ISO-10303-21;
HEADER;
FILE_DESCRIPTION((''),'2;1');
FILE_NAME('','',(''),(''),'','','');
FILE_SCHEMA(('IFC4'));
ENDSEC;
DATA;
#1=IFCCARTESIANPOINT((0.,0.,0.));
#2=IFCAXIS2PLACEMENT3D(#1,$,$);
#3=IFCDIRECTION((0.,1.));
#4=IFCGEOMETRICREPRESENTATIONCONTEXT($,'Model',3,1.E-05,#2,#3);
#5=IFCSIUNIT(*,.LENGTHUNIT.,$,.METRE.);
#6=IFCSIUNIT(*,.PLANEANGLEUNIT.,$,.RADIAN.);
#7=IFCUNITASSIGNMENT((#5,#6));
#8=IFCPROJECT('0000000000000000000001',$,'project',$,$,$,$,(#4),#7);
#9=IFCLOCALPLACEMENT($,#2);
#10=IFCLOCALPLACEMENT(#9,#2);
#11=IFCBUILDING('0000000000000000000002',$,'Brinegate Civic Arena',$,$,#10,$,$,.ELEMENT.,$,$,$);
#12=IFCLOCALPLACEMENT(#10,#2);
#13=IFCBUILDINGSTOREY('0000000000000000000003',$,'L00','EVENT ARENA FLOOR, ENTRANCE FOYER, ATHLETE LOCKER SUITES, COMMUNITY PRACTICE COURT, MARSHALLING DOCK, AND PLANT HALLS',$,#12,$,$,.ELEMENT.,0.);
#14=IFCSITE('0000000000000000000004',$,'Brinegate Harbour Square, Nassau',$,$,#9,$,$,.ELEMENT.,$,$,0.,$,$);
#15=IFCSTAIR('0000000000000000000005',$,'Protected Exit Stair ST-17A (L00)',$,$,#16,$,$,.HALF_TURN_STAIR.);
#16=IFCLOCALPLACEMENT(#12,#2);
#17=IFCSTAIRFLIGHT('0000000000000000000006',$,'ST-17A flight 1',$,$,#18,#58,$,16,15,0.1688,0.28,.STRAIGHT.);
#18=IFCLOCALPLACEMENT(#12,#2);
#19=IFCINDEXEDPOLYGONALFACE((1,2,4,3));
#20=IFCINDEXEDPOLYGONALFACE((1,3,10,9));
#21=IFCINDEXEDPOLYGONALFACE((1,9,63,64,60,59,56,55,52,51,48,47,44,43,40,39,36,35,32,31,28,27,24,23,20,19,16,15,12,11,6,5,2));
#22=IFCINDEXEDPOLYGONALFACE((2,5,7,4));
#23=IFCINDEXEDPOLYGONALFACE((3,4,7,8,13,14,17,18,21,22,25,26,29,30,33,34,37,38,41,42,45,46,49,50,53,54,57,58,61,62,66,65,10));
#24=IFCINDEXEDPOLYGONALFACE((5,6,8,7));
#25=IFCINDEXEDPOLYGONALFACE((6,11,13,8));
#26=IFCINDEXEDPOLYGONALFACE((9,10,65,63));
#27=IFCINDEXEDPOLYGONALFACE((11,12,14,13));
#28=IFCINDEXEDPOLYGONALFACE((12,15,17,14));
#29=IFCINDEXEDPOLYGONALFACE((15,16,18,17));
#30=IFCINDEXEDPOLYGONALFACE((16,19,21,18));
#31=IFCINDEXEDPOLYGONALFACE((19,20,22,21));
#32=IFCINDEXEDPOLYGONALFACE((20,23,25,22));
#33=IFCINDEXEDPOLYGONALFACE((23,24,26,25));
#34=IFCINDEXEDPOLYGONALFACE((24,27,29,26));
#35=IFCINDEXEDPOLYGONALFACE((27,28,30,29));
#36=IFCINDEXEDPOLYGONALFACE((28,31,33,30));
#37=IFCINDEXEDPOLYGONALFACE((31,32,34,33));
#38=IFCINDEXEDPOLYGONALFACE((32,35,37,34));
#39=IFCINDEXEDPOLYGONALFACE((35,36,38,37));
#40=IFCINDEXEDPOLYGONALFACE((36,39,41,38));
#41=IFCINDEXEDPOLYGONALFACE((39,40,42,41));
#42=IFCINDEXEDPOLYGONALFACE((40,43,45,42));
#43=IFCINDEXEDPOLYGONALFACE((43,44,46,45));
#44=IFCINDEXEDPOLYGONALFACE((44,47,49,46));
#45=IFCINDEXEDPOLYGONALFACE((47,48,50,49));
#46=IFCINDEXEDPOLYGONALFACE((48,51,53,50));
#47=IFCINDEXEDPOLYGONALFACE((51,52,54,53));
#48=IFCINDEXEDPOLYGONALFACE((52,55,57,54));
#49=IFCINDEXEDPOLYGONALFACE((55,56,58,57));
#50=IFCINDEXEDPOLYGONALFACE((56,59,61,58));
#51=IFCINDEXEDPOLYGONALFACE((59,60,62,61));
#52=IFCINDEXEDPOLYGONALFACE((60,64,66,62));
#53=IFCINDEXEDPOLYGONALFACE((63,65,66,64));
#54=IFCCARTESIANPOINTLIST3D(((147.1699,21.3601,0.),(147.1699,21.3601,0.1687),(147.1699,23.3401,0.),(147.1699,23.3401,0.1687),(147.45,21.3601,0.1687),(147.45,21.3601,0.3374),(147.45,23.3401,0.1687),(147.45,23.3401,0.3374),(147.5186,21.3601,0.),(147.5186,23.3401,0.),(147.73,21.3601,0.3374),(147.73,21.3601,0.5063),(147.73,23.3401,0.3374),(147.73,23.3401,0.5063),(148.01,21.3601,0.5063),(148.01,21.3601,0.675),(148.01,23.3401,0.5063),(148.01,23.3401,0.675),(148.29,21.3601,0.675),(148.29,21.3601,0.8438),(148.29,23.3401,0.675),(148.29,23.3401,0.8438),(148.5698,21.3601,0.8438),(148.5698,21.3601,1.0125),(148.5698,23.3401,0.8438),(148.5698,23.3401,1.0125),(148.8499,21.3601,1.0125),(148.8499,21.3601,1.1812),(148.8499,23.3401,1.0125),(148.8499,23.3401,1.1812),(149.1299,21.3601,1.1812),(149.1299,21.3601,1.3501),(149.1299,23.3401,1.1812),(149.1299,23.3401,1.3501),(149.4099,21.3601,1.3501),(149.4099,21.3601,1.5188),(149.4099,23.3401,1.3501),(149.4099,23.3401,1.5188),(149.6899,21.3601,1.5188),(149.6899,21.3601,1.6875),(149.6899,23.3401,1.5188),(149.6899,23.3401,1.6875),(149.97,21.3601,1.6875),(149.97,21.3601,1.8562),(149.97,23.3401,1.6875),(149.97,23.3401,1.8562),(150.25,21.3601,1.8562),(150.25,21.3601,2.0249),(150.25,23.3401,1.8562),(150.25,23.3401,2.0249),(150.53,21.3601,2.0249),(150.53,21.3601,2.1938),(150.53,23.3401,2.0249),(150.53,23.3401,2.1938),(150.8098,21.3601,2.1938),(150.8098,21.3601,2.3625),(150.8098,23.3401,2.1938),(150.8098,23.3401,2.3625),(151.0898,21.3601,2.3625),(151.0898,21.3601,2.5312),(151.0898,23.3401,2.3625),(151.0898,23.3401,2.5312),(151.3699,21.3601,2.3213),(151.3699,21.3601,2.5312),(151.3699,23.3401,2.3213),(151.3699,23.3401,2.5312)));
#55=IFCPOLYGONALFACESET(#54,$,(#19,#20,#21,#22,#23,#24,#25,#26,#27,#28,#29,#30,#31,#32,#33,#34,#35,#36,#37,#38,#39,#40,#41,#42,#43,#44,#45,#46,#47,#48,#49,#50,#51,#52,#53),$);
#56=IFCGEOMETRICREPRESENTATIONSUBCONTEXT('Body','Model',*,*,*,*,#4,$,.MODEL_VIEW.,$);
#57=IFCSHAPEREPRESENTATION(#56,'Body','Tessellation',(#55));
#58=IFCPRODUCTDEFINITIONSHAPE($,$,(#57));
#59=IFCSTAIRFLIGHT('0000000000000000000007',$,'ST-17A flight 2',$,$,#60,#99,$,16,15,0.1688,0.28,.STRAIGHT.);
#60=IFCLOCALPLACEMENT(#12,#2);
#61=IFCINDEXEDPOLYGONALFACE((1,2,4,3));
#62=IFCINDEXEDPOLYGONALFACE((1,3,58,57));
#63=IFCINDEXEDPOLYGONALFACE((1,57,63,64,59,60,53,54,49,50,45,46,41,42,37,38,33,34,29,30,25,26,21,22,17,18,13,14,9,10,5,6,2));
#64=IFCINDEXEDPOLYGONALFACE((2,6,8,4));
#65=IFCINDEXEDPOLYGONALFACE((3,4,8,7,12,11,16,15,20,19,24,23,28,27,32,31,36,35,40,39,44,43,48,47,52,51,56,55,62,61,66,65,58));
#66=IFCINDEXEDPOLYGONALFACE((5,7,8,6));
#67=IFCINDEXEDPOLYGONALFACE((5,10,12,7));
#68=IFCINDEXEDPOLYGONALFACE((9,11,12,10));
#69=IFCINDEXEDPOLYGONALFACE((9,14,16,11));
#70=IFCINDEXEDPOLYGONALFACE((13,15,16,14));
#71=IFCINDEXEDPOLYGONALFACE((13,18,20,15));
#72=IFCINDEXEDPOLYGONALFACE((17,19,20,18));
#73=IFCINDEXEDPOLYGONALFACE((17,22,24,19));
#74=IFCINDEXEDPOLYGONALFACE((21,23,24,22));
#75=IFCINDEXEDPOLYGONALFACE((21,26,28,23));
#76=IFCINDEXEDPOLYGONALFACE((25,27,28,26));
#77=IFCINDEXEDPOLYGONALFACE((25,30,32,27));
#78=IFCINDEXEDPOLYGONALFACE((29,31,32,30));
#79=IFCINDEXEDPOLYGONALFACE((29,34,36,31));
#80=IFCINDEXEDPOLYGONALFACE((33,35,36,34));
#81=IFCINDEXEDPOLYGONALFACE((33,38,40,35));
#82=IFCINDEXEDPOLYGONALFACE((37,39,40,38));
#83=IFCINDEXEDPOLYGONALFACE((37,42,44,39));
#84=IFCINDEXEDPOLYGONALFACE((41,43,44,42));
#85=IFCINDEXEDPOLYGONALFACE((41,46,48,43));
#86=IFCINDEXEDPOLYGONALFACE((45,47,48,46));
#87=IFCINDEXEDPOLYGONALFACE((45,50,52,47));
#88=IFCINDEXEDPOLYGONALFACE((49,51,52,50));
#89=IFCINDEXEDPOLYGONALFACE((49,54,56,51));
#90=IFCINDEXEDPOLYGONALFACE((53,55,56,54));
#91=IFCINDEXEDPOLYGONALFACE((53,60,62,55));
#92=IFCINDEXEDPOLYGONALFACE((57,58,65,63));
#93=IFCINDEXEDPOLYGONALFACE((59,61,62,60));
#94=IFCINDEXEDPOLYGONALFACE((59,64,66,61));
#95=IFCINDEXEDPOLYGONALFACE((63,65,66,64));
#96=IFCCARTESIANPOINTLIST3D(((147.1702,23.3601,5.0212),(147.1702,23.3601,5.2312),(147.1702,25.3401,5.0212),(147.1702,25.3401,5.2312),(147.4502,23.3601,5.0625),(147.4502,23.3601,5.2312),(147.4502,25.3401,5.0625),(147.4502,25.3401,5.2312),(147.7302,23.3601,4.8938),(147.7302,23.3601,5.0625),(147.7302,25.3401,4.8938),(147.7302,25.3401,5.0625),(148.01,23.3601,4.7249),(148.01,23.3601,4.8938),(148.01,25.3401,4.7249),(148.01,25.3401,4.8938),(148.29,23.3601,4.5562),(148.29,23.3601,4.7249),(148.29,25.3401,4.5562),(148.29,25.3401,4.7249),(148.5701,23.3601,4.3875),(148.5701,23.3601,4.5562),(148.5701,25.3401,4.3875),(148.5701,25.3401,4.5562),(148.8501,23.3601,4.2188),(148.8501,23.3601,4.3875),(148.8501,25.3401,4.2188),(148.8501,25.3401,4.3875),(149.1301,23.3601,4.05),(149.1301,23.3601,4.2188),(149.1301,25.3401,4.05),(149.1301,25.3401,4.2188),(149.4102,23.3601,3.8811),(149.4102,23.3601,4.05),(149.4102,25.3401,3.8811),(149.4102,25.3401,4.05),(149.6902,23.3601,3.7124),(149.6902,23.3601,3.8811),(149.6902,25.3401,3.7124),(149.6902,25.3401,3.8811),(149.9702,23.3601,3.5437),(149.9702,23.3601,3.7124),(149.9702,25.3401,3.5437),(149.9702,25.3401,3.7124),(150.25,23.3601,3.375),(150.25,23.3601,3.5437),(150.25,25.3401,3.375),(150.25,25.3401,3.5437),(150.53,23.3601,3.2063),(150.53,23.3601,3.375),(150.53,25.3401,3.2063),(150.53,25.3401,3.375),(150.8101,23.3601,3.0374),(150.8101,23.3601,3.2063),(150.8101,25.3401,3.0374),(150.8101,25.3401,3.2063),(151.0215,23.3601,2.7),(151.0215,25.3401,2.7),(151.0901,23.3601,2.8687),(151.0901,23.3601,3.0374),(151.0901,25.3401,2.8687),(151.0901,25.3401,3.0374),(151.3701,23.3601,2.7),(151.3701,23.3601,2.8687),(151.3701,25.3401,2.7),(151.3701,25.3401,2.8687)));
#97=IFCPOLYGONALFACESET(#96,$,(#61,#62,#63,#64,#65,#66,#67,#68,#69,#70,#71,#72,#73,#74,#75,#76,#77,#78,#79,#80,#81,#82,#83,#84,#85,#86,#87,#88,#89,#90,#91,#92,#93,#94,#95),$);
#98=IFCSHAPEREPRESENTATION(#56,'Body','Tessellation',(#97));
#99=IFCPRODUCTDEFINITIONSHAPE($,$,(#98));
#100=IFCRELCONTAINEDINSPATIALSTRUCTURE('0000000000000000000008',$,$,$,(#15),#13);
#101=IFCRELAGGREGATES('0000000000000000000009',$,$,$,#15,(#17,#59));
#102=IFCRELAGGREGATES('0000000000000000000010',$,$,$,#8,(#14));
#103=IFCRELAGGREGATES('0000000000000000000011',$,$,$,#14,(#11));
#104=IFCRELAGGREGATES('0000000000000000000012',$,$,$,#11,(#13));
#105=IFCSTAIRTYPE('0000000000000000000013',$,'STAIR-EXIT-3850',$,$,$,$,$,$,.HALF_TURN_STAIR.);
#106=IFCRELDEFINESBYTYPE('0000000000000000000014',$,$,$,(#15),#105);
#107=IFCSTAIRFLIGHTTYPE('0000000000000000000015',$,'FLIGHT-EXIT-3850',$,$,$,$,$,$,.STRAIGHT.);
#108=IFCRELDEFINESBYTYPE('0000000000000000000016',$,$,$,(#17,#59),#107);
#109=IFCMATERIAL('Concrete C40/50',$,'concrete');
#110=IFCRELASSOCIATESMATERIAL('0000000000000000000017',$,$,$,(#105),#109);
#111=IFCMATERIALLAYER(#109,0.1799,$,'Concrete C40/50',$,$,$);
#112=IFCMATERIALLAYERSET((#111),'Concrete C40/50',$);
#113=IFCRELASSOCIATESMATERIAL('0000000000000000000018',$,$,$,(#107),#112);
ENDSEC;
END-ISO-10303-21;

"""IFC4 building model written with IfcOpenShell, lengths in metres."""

from ifc_helpers import new_model, si_unit, direction, frame, origin, place, context, subcontext, project, spatial, polyline, outline, extrude, material, layer, layer_set, type_object, element, aggregate, save


model = new_model("IFC4")

# Units and contexts
model_context = context("Model", 3, precision=1e-05, world=origin(), true_north=direction((0.0, 1.0)))
body_context = subcontext(model_context, "Body", "Model", "MODEL_VIEW")
ifc_project = project(units=[si_unit("LENGTHUNIT", "METRE"), si_unit("PLANEANGLEUNIT", "RADIAN")], contexts=[model_context])

# Site, building, storey
site_placement = place(None, origin())
site = spatial("IfcSite", under=ifc_project, at=site_placement, Name="Brinegate Harbour Square, Nassau", CompositionType="ELEMENT", RefElevation=0.0)
building_placement = place(site_placement, origin())
building = spatial("IfcBuilding", under=site, at=building_placement, Name="Brinegate Civic Arena", CompositionType="ELEMENT")
storey_placement = place(building_placement, origin())
storey = spatial("IfcBuildingStorey", under=building, at=storey_placement, Name="L00", Description="EVENT ARENA FLOOR, ENTRANCE FOYER, ATHLETE LOCKER SUITES, COMMUNITY PRACTICE COURT, MARSHALLING DOCK, AND PLANT HALLS", CompositionType="ELEMENT", Elevation=0.0)

# Shared definitions
ifc_material_1 = material(Name="Concrete C40/50", Category="concrete")

# Stair, stair flights
stair_type_1 = type_object("IfcStairType", Name="STAIR-EXIT-3850", PredefinedType="HALF_TURN_STAIR", material=ifc_material_1)
stair_1_placement = place(storey_placement, origin())
stair_1 = element("IfcStair", 1, at=stair_1_placement, inside=storey, type_object=stair_type_1, Name="Protected Exit Stair ST-17A (L00)", PredefinedType="HALF_TURN_STAIR")
ifc_layer_1 = layer(ifc_material_1, 0.1799, Name="Concrete C40/50")
ifc_layer_set_1 = layer_set([ifc_layer_1], Name="Concrete C40/50")
stair_flight_type_1 = type_object("IfcStairFlightType", Name="FLIGHT-EXIT-3850", PredefinedType="STRAIGHT", material=ifc_layer_set_1)
stair_flight_1_placement = place(storey_placement, frame((147.1699, 22.3501, 0.0), z_axis=(0.0, 0.0, 1.0), x_axis=(1.0, 0.0, 0.0)))
stair_flight_1 = element("IfcStairFlight", 2, at=stair_flight_1_placement, type_object=stair_flight_type_1, Name="ST-17A flight 1", NumberOfRisers=16, NumberOfTreads=15, PredefinedType="STRAIGHT", RiserHeight=0.1688, TreadLength=0.28, context=body_context, shape_type="SweptSolid", body=[
    extrude(outline(polyline([(0.0, 0.0), (0.0, 0.1687), (0.28, 0.1687), (0.28, 0.3374), (0.5601, 0.3374), (0.5601, 0.5063), (0.8401, 0.5063), (0.8401, 0.675), (1.1201, 0.675), (1.1201, 0.8438), (1.3999, 0.8438), (1.3999, 1.0125), (1.6799, 1.0125), (1.6799, 1.1812), (1.96, 1.1812), (1.96, 1.3501), (2.24, 1.3501), (2.24, 1.5188), (2.52, 1.5188), (2.52, 1.6875), (2.8, 1.6875), (2.8, 1.8562), (3.0801, 1.8562), (3.0801, 2.0249), (3.3601, 2.0249), (3.3601, 2.1938), (3.6399, 2.1938), (3.6399, 2.3625), (3.9199, 2.3625), (3.9199, 2.5312), (4.2, 2.5312), (4.2, 2.7), (4.2, 2.3213), (0.3486, 0.0), (0.0, 0.0)])), frame((0.0, 0.99, 0.0), z_axis=(0.0, -1.0, 0.0), x_axis=(1.0, 0.0, 0.0)), (0.0, 0.0, 1.0), 1.98),
])
stair_flight_2_placement = place(storey_placement, frame((151.3701, 24.3501, 2.7), z_axis=(0.0, 0.0, 1.0), x_axis=(-1.0, 0.0, 0.0)))
stair_flight_2 = element("IfcStairFlight", 3, at=stair_flight_2_placement, type_object=stair_flight_type_1, Name="ST-17A flight 2", NumberOfRisers=16, NumberOfTreads=15, PredefinedType="STRAIGHT", RiserHeight=0.1688, TreadLength=0.28, context=body_context, shape_type="SweptSolid", body=[
    extrude(outline(polyline([(0.0, 0.0), (0.0, 0.1687), (0.28, 0.1687), (0.28, 0.3374), (0.5601, 0.3374), (0.5601, 0.5063), (0.8401, 0.5063), (0.8401, 0.675), (1.1201, 0.675), (1.1201, 0.8438), (1.3999, 0.8438), (1.3999, 1.0125), (1.6799, 1.0125), (1.6799, 1.1812), (1.96, 1.1812), (1.96, 1.3501), (2.24, 1.3501), (2.24, 1.5188), (2.52, 1.5188), (2.52, 1.6875), (2.8, 1.6875), (2.8, 1.8562), (3.0801, 1.8562), (3.0801, 2.0249), (3.3601, 2.0249), (3.3601, 2.1938), (3.6399, 2.1938), (3.6399, 2.3625), (3.9199, 2.3625), (3.9199, 2.5312), (4.2, 2.5312), (4.2, 2.7), (4.2, 2.3213), (0.3486, 0.0), (0.0, 0.0)])), frame((0.0, 0.99, 0.0), z_axis=(0.0, -1.0, 0.0), x_axis=(1.0, 0.0, 0.0)), (0.0, 0.0, 1.0), 1.98),
])
aggregate(stair_1, [stair_flight_1, stair_flight_2])

save(model, "model.ifc")
